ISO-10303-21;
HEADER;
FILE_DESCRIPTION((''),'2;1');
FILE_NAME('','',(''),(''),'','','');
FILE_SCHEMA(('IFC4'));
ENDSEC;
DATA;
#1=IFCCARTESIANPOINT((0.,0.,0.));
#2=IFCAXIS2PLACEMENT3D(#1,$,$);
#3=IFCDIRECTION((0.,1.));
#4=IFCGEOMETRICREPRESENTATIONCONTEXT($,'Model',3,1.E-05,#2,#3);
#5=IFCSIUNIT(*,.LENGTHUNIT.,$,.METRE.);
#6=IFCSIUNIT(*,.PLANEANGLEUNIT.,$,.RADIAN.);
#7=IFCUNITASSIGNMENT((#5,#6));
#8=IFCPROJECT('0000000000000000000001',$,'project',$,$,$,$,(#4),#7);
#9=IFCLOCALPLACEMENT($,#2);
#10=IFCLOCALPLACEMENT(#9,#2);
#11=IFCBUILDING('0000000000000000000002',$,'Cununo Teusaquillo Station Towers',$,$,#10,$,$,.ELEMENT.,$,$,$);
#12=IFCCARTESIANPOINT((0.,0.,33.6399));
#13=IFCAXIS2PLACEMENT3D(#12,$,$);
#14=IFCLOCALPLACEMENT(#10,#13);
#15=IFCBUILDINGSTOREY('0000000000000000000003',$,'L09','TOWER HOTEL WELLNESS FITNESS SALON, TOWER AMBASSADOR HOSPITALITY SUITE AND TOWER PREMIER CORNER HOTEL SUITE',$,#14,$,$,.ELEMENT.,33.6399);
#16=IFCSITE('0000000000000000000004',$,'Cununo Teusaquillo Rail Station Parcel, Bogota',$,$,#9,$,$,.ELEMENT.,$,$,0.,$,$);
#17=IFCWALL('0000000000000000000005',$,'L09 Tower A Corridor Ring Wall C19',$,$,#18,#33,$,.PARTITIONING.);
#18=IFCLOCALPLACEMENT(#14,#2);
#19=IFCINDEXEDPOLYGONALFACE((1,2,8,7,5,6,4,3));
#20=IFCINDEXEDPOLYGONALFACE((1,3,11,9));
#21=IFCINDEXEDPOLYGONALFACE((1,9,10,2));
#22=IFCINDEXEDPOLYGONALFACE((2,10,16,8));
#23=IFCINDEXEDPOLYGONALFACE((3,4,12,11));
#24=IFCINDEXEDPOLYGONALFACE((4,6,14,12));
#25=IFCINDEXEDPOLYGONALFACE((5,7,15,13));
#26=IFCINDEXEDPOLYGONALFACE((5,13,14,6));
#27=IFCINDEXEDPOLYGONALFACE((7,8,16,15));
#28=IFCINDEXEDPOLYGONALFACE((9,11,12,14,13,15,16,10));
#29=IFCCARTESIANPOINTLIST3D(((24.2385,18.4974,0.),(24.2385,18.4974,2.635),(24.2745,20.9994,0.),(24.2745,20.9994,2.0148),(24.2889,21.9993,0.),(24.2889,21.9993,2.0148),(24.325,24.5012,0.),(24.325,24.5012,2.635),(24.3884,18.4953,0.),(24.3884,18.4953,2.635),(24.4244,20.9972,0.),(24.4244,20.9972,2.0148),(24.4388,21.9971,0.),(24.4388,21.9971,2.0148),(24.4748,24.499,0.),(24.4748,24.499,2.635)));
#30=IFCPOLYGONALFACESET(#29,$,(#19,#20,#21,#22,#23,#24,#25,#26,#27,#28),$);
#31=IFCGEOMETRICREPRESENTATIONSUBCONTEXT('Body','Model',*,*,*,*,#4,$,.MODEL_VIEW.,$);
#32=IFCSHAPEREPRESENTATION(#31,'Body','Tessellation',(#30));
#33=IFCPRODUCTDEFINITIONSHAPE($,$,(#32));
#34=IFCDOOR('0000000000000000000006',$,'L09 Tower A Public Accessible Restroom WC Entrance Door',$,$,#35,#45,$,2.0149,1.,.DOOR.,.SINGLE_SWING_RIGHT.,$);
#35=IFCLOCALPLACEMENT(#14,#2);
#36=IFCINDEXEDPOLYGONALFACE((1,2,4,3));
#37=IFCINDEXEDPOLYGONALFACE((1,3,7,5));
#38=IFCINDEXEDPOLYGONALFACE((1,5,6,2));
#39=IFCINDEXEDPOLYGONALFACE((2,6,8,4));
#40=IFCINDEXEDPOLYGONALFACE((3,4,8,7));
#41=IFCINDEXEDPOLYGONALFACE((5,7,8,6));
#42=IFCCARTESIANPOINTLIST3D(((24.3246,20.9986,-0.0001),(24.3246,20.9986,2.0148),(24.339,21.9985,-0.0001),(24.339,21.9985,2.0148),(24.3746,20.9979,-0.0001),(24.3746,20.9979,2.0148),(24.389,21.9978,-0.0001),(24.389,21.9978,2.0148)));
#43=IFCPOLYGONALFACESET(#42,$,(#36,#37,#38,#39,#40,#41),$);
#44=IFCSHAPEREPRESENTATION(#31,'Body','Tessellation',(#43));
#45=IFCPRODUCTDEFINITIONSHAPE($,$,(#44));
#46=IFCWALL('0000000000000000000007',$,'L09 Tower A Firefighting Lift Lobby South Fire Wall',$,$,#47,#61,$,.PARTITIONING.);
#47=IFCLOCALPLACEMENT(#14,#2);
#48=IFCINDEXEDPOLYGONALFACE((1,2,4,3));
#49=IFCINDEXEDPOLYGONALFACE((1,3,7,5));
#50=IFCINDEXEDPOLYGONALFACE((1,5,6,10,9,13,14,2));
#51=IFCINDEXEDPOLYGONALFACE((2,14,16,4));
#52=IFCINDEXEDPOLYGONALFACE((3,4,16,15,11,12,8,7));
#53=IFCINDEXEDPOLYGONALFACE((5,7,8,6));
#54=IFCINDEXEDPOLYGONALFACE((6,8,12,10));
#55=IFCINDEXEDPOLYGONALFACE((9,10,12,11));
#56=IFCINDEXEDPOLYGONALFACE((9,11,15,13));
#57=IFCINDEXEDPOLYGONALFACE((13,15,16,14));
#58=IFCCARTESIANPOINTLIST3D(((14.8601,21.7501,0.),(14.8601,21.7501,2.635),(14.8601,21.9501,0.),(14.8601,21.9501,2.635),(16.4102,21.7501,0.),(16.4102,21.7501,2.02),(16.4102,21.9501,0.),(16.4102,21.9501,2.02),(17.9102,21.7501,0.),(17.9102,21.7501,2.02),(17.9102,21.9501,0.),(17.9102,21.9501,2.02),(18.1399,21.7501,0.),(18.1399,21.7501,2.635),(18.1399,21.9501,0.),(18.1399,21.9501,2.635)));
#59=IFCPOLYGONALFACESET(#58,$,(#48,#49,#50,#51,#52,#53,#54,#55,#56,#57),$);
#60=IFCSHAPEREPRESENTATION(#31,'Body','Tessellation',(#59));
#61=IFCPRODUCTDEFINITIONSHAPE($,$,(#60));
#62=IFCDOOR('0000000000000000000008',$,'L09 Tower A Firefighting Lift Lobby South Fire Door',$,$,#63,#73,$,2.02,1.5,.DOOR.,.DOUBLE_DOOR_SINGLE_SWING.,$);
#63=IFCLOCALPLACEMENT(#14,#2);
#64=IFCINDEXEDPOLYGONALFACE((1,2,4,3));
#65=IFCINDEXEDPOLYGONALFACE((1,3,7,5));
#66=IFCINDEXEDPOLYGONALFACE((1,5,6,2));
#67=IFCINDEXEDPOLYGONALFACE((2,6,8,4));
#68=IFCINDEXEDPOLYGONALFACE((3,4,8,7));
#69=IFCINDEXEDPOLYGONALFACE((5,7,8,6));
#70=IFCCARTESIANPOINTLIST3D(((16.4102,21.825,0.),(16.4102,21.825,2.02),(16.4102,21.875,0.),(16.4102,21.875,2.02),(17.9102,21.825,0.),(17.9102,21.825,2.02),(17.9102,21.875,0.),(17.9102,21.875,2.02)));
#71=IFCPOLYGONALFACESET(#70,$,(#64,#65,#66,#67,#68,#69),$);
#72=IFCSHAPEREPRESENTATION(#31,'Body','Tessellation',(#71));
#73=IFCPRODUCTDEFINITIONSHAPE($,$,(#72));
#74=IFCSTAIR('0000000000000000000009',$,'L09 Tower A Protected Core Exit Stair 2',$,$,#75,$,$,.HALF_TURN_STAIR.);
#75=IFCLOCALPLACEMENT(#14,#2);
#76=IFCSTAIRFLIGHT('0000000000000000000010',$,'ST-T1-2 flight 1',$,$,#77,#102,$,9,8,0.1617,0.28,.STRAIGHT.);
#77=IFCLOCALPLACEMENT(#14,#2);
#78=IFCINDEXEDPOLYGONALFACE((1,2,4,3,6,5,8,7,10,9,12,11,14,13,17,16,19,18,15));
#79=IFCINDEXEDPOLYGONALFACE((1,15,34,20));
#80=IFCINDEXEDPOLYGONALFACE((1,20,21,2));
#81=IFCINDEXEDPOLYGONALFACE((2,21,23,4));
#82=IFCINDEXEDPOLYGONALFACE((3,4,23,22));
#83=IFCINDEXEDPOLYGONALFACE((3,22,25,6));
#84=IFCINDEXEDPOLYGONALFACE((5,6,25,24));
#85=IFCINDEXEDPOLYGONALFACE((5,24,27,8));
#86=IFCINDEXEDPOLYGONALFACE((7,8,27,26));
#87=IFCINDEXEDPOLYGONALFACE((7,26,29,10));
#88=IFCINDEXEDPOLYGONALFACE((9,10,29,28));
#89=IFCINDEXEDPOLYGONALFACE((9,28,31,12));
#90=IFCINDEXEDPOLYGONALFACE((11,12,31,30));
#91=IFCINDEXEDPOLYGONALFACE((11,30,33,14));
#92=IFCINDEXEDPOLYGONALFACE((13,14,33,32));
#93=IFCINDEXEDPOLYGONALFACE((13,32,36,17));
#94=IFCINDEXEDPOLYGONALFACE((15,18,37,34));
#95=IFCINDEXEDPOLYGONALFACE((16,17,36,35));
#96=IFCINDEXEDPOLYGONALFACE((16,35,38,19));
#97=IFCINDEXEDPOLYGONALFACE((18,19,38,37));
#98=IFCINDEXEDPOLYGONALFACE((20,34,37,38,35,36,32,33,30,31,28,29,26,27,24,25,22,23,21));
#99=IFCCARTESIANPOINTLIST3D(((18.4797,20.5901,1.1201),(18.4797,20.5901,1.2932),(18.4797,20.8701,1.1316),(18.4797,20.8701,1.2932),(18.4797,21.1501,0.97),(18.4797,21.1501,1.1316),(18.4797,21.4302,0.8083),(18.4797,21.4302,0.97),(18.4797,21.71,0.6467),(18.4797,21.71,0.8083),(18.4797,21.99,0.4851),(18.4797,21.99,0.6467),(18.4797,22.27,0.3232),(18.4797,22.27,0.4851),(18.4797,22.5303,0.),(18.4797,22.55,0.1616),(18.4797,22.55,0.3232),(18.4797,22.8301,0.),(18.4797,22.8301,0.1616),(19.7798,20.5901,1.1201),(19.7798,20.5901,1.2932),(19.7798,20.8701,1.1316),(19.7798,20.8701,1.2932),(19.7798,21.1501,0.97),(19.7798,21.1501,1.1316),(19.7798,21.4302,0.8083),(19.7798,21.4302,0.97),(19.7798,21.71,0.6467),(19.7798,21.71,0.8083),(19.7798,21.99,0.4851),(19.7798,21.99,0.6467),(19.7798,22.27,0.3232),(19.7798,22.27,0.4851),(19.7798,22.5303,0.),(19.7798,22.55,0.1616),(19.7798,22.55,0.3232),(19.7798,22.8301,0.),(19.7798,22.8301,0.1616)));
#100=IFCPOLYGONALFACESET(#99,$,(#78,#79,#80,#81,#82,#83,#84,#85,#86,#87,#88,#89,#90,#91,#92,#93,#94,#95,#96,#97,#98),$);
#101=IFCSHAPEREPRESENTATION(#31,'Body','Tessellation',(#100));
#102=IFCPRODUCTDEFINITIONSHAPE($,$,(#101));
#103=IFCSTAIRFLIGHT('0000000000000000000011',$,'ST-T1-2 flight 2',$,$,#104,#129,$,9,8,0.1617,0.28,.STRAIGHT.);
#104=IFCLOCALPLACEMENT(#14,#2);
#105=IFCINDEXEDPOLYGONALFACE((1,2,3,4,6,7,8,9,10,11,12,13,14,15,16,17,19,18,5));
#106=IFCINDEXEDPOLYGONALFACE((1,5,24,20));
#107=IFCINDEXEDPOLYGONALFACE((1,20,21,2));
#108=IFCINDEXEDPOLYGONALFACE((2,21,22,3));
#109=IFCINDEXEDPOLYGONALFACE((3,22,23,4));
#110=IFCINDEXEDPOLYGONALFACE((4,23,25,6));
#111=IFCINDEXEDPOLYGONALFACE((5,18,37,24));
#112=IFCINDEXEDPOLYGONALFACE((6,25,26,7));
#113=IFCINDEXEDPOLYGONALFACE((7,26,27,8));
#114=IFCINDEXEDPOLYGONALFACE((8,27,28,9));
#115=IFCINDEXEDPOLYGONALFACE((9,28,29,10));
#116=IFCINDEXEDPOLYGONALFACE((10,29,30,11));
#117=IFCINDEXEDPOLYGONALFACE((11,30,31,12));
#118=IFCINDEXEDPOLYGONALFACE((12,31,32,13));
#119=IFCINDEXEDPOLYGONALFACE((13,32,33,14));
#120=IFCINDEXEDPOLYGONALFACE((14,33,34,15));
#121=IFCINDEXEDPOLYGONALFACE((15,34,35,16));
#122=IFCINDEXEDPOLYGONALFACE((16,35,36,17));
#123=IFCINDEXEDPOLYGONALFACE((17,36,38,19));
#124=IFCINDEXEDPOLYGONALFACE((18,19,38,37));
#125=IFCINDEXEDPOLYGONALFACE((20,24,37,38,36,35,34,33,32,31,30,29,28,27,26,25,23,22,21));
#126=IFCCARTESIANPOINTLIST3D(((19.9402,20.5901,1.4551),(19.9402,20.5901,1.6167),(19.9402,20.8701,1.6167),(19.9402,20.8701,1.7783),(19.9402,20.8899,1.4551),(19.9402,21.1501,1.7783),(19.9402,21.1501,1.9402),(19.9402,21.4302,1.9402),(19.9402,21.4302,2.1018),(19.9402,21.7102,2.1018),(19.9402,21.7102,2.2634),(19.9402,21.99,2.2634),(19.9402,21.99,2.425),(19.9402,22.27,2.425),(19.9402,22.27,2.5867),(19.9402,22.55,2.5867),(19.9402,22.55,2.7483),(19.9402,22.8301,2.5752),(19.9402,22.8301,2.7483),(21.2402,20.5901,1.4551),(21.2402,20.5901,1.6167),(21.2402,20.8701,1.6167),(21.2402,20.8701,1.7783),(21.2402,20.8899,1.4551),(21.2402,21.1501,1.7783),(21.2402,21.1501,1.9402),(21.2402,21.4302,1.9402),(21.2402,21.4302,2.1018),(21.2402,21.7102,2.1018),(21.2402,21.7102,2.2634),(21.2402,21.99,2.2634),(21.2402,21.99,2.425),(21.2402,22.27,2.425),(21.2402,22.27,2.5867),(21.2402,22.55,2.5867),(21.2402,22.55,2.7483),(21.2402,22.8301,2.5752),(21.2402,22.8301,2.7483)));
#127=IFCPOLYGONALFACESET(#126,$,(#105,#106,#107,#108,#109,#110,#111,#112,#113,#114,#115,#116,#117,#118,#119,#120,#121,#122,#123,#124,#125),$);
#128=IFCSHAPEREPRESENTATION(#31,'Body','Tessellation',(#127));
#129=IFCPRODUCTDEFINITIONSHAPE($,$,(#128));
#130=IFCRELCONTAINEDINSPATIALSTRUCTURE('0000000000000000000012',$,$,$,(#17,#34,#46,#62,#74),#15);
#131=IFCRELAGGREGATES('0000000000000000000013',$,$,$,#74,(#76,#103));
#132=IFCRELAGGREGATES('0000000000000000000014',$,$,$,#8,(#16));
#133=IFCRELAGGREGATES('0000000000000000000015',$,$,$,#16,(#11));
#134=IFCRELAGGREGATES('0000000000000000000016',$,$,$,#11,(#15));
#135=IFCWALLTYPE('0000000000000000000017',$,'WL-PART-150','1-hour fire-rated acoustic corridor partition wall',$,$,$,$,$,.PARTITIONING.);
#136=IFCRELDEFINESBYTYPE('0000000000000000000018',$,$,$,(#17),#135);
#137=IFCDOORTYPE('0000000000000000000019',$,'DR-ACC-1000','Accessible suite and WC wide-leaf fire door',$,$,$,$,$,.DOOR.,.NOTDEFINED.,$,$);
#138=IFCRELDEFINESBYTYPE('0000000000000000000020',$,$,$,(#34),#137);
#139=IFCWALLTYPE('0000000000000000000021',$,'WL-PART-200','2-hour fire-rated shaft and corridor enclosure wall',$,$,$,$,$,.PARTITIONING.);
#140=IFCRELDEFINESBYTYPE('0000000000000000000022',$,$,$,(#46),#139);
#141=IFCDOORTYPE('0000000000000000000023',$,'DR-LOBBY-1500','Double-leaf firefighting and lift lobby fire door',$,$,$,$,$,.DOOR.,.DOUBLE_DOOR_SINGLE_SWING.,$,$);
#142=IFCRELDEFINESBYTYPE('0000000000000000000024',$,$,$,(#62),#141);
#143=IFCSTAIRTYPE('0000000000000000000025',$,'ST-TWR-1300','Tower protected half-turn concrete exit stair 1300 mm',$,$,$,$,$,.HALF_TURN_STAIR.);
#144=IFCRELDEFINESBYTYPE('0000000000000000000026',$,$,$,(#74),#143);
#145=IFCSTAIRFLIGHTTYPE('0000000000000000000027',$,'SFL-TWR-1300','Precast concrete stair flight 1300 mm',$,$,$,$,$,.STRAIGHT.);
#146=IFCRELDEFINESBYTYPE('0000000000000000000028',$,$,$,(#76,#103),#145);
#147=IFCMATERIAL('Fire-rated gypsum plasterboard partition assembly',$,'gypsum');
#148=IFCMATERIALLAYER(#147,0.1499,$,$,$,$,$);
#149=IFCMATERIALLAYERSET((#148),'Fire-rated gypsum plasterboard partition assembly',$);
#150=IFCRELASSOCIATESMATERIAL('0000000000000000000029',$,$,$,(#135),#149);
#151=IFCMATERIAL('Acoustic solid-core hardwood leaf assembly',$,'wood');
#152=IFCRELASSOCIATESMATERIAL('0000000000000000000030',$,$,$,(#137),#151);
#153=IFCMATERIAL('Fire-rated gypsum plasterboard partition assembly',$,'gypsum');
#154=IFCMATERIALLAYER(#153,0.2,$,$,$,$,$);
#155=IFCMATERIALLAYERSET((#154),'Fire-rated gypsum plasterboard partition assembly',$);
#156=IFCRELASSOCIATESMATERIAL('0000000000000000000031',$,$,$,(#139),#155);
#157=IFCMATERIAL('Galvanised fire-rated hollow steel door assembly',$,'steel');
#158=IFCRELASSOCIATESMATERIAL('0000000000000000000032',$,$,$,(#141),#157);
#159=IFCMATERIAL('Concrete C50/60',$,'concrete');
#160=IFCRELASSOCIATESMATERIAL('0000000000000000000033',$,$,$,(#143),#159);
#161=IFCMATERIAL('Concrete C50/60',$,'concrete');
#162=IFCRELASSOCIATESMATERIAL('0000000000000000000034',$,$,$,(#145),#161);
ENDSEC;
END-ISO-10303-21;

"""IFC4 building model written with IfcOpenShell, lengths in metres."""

from ifc_helpers import new_model, si_unit, direction, frame, frame_2d, origin, place, context, subcontext, project, spatial, polyline, rectangle, outline, extrude, source, transform, mapped, material, layer, layer_set, type_object, element, fill, aggregate, save


model = new_model("IFC4")

# Units and contexts
model_context = context("Model", 3, precision=1e-05, world=origin(), true_north=direction((0.0, 1.0)))
body_context = subcontext(model_context, "Body", "Model", "MODEL_VIEW")
ifc_project = project(units=[si_unit("LENGTHUNIT", "METRE"), si_unit("PLANEANGLEUNIT", "RADIAN")], contexts=[model_context])

# Site, building, storey
site_placement = place(None, origin())
site = spatial("IfcSite", under=ifc_project, at=site_placement, Name="Cununo Teusaquillo Rail Station Parcel, Bogota", CompositionType="ELEMENT", RefElevation=0.0)
building_placement = place(site_placement, origin())
building = spatial("IfcBuilding", under=site, at=building_placement, Name="Cununo Teusaquillo Station Towers", CompositionType="ELEMENT")
storey_placement = place(building_placement, frame((0.0, 0.0, 33.6399)))
storey = spatial("IfcBuildingStorey", under=building, at=storey_placement, Name="L09", Description="TOWER HOTEL WELLNESS FITNESS SALON, TOWER AMBASSADOR HOSPITALITY SUITE AND TOWER PREMIER CORNER HOTEL SUITE", CompositionType="ELEMENT", Elevation=33.6399)

# Walls, openings, doors
ifc_material_1 = material(Name="Fire-rated gypsum plasterboard partition assembly", Category="gypsum")
ifc_layer_1 = layer(ifc_material_1, 0.1499)
ifc_layer_set_1 = layer_set([ifc_layer_1], Name="Fire-rated gypsum plasterboard partition assembly")
wall_type_1 = type_object("IfcWallType", Name="WL-PART-150", Description="1-hour fire-rated acoustic corridor partition wall", PredefinedType="PARTITIONING", material=ifc_layer_set_1)
wall_1_placement = place(storey_placement, frame((24.3135, 18.4963, 0.0), z_axis=(0.0, 0.0, 1.0), x_axis=(0.014394, 0.999896, 0.0)))
wall_1 = element("IfcWall", 1, at=wall_1_placement, inside=storey, type_object=wall_type_1, Name="L09 Tower A Corridor Ring Wall C19", PredefinedType="PARTITIONING", context=body_context, shape_type="SweptSolid", body=[
    extrude(rectangle(XDim=6.0044, YDim=0.1499, at=frame_2d((3.0022, 0.0))), origin(), (0.0, 0.0, 1.0), 2.635),
])
shared_shape_1 = source(origin(), body_context, "Body", "SweptSolid", [
    extrude(rectangle(XDim=1.0, YDim=2.0149, at=frame_2d((0.5, 1.0073))), frame((0.0, 0.085, 0.0), z_axis=(0.0, -1.0, 0.0), x_axis=(1.0, 0.0, 0.0)), (0.0, 0.0, 1.0), 0.1699),
])
opening_1_placement = place(wall_1_placement, frame((2.5022, 0.0, 0.0)))
opening_1 = element("IfcOpeningElement", 2, at=opening_1_placement, cuts=wall_1, PredefinedType="OPENING", context=body_context, shape_type="MappedRepresentation", body=[
    mapped(shared_shape_1, transform((0.0, 0.0, 0.0), x_axis=(1.0, 0.0, 0.0), y_axis=(0.0, 1.0, 0.0), z_axis=(0.0, 0.0, 1.0), scale=1.0)),
])
ifc_material_2 = material(Name="Acoustic solid-core hardwood leaf assembly", Category="wood")
door_type_1 = type_object("IfcDoorType", Name="DR-ACC-1000", Description="Accessible suite and WC wide-leaf fire door", OperationType="NOTDEFINED", PredefinedType="DOOR", material=ifc_material_2)
shared_shape_2 = source(origin(), body_context, "Body", "SweptSolid", [
    extrude(rectangle(XDim=1.0, YDim=2.0149, at=frame_2d((0.5, 1.0073))), frame((0.0, 0.0249, 0.0), z_axis=(0.0, -1.0, 0.0), x_axis=(1.0, 0.0, 0.0)), (0.0, 0.0, 1.0), 0.05),
])
door_1_placement = place(opening_1_placement, origin())
door_1 = element("IfcDoor", 3, at=door_1_placement, inside=storey, type_object=door_type_1, Name="L09 Tower A Public Accessible Restroom WC Entrance Door", OperationType="SINGLE_SWING_RIGHT", OverallHeight=2.0149, OverallWidth=1.0, PredefinedType="DOOR", context=body_context, shape_type="MappedRepresentation", body=[
    mapped(shared_shape_2, transform((0.0, 0.0, 0.0), x_axis=(1.0, 0.0, 0.0), y_axis=(0.0, 1.0, 0.0), z_axis=(0.0, 0.0, 1.0), scale=1.0)),
])
fill(opening_1, door_1)
ifc_material_3 = material(Name="Fire-rated gypsum plasterboard partition assembly", Category="gypsum")
ifc_layer_2 = layer(ifc_material_3, 0.2)
ifc_layer_set_2 = layer_set([ifc_layer_2], Name="Fire-rated gypsum plasterboard partition assembly")
wall_type_2 = type_object("IfcWallType", Name="WL-PART-200", Description="2-hour fire-rated shaft and corridor enclosure wall", PredefinedType="PARTITIONING", material=ifc_layer_set_2)
wall_2_placement = place(storey_placement, frame((14.8601, 21.8501, 0.0), z_axis=(0.0, 0.0, 1.0), x_axis=(1.0, 0.0, 0.0)))
wall_2 = element("IfcWall", 4, at=wall_2_placement, inside=storey, type_object=wall_type_2, Name="L09 Tower A Firefighting Lift Lobby South Fire Wall", PredefinedType="PARTITIONING", context=body_context, shape_type="SweptSolid", body=[
    extrude(rectangle(XDim=3.2798, YDim=0.2, at=frame_2d((1.6399, 0.0))), origin(), (0.0, 0.0, 1.0), 2.635),
])
shared_shape_3 = source(origin(), body_context, "Body", "SweptSolid", [
    extrude(rectangle(XDim=1.5, YDim=2.02, at=frame_2d((0.75, 1.01))), frame((0.0, 0.1099, 0.0), z_axis=(0.0, -1.0, 0.0), x_axis=(1.0, 0.0, 0.0)), (0.0, 0.0, 1.0), 0.22),
])
opening_2_placement = place(wall_2_placement, frame((1.55, 0.0, 0.0)))
opening_2 = element("IfcOpeningElement", 5, at=opening_2_placement, cuts=wall_2, PredefinedType="OPENING", context=body_context, shape_type="MappedRepresentation", body=[
    mapped(shared_shape_3, transform((0.0, 0.0, 0.0), x_axis=(1.0, 0.0, 0.0), y_axis=(0.0, 1.0, 0.0), z_axis=(0.0, 0.0, 1.0), scale=1.0)),
])
ifc_material_4 = material(Name="Galvanised fire-rated hollow steel door assembly", Category="steel")
door_type_2 = type_object("IfcDoorType", Name="DR-LOBBY-1500", Description="Double-leaf firefighting and lift lobby fire door", OperationType="DOUBLE_DOOR_SINGLE_SWING", PredefinedType="DOOR", material=ifc_material_4)
shared_shape_4 = source(origin(), body_context, "Body", "SweptSolid", [
    extrude(rectangle(XDim=1.5, YDim=2.02, at=frame_2d((0.75, 1.01))), frame((0.0, 0.0249, 0.0), z_axis=(0.0, -1.0, 0.0), x_axis=(1.0, 0.0, 0.0)), (0.0, 0.0, 1.0), 0.05),
])
door_2_placement = place(opening_2_placement, origin())
door_2 = element("IfcDoor", 6, at=door_2_placement, inside=storey, type_object=door_type_2, Name="L09 Tower A Firefighting Lift Lobby South Fire Door", OperationType="DOUBLE_DOOR_SINGLE_SWING", OverallHeight=2.02, OverallWidth=1.5, PredefinedType="DOOR", context=body_context, shape_type="MappedRepresentation", body=[
    mapped(shared_shape_4, transform((0.0, 0.0, 0.0), x_axis=(1.0, 0.0, 0.0), y_axis=(0.0, 1.0, 0.0), z_axis=(0.0, 0.0, 1.0), scale=1.0)),
])
fill(opening_2, door_2)

# Stair, stair flights
ifc_material_5 = material(Name="Concrete C50/60", Category="concrete")
stair_type = type_object("IfcStairType", Name="ST-TWR-1300", Description="Tower protected half-turn concrete exit stair 1300 mm", PredefinedType="HALF_TURN_STAIR", material=ifc_material_5)
stair_placement = place(storey_placement, origin())
stair = element("IfcStair", 7, at=stair_placement, inside=storey, type_object=stair_type, Name="L09 Tower A Protected Core Exit Stair 2", PredefinedType="HALF_TURN_STAIR")
ifc_material_6 = material(Name="Concrete C50/60", Category="concrete")
stair_flight_type = type_object("IfcStairFlightType", Name="SFL-TWR-1300", Description="Precast concrete stair flight 1300 mm", PredefinedType="STRAIGHT", material=ifc_material_6)
stair_flight_1_placement = place(storey_placement, frame((19.1299, 22.8301, 0.0), z_axis=(0.0, 0.0, 1.0), x_axis=(0.0, -1.0, 0.0)))
stair_flight_1 = element("IfcStairFlight", 8, at=stair_flight_1_placement, type_object=stair_flight_type, Name="ST-T1-2 flight 1", NumberOfRisers=9, NumberOfTreads=8, PredefinedType="STRAIGHT", RiserHeight=0.1617, TreadLength=0.28, context=body_context, shape_type="SweptSolid", body=[
    extrude(outline(polyline([(0.0, 0.0), (0.0, 0.1616), (0.28, 0.1616), (0.28, 0.3232), (0.5601, 0.3232), (0.5601, 0.4851), (0.8401, 0.4851), (0.8401, 0.6467), (1.1201, 0.6467), (1.1201, 0.8083), (1.3999, 0.8083), (1.3999, 0.97), (1.6799, 0.97), (1.6799, 1.1316), (1.96, 1.1316), (1.96, 1.2932), (2.24, 1.2932), (2.24, 1.4551), (2.24, 1.1201), (0.2998, 0.0), (0.0, 0.0)])), frame((0.0, 0.6499, 0.0), z_axis=(0.0, -1.0, 0.0), x_axis=(1.0, 0.0, 0.0)), (0.0, 0.0, 1.0), 1.3),
])
stair_flight_2_placement = place(storey_placement, frame((20.5901, 20.5901, 1.4551), z_axis=(0.0, 0.0, 1.0), x_axis=(0.0, 1.0, 0.0)))
stair_flight_2 = element("IfcStairFlight", 9, at=stair_flight_2_placement, type_object=stair_flight_type, Name="ST-T1-2 flight 2", NumberOfRisers=9, NumberOfTreads=8, PredefinedType="STRAIGHT", RiserHeight=0.1617, TreadLength=0.28, context=body_context, shape_type="SweptSolid", body=[
    extrude(outline(polyline([(0.0, 0.0), (0.0, 0.1616), (0.28, 0.1616), (0.28, 0.3232), (0.5601, 0.3232), (0.5601, 0.4851), (0.8401, 0.4851), (0.8401, 0.6467), (1.1201, 0.6467), (1.1201, 0.8083), (1.3999, 0.8083), (1.3999, 0.97), (1.6799, 0.97), (1.6799, 1.1316), (1.96, 1.1316), (1.96, 1.2932), (2.24, 1.2932), (2.24, 1.4551), (2.24, 1.1201), (0.2998, 0.0), (0.0, 0.0)])), frame((0.0, 0.6499, 0.0), z_axis=(0.0, -1.0, 0.0), x_axis=(1.0, 0.0, 0.0)), (0.0, 0.0, 1.0), 1.3),
])
aggregate(stair, [stair_flight_1, stair_flight_2])

save(model, "model.ifc")
